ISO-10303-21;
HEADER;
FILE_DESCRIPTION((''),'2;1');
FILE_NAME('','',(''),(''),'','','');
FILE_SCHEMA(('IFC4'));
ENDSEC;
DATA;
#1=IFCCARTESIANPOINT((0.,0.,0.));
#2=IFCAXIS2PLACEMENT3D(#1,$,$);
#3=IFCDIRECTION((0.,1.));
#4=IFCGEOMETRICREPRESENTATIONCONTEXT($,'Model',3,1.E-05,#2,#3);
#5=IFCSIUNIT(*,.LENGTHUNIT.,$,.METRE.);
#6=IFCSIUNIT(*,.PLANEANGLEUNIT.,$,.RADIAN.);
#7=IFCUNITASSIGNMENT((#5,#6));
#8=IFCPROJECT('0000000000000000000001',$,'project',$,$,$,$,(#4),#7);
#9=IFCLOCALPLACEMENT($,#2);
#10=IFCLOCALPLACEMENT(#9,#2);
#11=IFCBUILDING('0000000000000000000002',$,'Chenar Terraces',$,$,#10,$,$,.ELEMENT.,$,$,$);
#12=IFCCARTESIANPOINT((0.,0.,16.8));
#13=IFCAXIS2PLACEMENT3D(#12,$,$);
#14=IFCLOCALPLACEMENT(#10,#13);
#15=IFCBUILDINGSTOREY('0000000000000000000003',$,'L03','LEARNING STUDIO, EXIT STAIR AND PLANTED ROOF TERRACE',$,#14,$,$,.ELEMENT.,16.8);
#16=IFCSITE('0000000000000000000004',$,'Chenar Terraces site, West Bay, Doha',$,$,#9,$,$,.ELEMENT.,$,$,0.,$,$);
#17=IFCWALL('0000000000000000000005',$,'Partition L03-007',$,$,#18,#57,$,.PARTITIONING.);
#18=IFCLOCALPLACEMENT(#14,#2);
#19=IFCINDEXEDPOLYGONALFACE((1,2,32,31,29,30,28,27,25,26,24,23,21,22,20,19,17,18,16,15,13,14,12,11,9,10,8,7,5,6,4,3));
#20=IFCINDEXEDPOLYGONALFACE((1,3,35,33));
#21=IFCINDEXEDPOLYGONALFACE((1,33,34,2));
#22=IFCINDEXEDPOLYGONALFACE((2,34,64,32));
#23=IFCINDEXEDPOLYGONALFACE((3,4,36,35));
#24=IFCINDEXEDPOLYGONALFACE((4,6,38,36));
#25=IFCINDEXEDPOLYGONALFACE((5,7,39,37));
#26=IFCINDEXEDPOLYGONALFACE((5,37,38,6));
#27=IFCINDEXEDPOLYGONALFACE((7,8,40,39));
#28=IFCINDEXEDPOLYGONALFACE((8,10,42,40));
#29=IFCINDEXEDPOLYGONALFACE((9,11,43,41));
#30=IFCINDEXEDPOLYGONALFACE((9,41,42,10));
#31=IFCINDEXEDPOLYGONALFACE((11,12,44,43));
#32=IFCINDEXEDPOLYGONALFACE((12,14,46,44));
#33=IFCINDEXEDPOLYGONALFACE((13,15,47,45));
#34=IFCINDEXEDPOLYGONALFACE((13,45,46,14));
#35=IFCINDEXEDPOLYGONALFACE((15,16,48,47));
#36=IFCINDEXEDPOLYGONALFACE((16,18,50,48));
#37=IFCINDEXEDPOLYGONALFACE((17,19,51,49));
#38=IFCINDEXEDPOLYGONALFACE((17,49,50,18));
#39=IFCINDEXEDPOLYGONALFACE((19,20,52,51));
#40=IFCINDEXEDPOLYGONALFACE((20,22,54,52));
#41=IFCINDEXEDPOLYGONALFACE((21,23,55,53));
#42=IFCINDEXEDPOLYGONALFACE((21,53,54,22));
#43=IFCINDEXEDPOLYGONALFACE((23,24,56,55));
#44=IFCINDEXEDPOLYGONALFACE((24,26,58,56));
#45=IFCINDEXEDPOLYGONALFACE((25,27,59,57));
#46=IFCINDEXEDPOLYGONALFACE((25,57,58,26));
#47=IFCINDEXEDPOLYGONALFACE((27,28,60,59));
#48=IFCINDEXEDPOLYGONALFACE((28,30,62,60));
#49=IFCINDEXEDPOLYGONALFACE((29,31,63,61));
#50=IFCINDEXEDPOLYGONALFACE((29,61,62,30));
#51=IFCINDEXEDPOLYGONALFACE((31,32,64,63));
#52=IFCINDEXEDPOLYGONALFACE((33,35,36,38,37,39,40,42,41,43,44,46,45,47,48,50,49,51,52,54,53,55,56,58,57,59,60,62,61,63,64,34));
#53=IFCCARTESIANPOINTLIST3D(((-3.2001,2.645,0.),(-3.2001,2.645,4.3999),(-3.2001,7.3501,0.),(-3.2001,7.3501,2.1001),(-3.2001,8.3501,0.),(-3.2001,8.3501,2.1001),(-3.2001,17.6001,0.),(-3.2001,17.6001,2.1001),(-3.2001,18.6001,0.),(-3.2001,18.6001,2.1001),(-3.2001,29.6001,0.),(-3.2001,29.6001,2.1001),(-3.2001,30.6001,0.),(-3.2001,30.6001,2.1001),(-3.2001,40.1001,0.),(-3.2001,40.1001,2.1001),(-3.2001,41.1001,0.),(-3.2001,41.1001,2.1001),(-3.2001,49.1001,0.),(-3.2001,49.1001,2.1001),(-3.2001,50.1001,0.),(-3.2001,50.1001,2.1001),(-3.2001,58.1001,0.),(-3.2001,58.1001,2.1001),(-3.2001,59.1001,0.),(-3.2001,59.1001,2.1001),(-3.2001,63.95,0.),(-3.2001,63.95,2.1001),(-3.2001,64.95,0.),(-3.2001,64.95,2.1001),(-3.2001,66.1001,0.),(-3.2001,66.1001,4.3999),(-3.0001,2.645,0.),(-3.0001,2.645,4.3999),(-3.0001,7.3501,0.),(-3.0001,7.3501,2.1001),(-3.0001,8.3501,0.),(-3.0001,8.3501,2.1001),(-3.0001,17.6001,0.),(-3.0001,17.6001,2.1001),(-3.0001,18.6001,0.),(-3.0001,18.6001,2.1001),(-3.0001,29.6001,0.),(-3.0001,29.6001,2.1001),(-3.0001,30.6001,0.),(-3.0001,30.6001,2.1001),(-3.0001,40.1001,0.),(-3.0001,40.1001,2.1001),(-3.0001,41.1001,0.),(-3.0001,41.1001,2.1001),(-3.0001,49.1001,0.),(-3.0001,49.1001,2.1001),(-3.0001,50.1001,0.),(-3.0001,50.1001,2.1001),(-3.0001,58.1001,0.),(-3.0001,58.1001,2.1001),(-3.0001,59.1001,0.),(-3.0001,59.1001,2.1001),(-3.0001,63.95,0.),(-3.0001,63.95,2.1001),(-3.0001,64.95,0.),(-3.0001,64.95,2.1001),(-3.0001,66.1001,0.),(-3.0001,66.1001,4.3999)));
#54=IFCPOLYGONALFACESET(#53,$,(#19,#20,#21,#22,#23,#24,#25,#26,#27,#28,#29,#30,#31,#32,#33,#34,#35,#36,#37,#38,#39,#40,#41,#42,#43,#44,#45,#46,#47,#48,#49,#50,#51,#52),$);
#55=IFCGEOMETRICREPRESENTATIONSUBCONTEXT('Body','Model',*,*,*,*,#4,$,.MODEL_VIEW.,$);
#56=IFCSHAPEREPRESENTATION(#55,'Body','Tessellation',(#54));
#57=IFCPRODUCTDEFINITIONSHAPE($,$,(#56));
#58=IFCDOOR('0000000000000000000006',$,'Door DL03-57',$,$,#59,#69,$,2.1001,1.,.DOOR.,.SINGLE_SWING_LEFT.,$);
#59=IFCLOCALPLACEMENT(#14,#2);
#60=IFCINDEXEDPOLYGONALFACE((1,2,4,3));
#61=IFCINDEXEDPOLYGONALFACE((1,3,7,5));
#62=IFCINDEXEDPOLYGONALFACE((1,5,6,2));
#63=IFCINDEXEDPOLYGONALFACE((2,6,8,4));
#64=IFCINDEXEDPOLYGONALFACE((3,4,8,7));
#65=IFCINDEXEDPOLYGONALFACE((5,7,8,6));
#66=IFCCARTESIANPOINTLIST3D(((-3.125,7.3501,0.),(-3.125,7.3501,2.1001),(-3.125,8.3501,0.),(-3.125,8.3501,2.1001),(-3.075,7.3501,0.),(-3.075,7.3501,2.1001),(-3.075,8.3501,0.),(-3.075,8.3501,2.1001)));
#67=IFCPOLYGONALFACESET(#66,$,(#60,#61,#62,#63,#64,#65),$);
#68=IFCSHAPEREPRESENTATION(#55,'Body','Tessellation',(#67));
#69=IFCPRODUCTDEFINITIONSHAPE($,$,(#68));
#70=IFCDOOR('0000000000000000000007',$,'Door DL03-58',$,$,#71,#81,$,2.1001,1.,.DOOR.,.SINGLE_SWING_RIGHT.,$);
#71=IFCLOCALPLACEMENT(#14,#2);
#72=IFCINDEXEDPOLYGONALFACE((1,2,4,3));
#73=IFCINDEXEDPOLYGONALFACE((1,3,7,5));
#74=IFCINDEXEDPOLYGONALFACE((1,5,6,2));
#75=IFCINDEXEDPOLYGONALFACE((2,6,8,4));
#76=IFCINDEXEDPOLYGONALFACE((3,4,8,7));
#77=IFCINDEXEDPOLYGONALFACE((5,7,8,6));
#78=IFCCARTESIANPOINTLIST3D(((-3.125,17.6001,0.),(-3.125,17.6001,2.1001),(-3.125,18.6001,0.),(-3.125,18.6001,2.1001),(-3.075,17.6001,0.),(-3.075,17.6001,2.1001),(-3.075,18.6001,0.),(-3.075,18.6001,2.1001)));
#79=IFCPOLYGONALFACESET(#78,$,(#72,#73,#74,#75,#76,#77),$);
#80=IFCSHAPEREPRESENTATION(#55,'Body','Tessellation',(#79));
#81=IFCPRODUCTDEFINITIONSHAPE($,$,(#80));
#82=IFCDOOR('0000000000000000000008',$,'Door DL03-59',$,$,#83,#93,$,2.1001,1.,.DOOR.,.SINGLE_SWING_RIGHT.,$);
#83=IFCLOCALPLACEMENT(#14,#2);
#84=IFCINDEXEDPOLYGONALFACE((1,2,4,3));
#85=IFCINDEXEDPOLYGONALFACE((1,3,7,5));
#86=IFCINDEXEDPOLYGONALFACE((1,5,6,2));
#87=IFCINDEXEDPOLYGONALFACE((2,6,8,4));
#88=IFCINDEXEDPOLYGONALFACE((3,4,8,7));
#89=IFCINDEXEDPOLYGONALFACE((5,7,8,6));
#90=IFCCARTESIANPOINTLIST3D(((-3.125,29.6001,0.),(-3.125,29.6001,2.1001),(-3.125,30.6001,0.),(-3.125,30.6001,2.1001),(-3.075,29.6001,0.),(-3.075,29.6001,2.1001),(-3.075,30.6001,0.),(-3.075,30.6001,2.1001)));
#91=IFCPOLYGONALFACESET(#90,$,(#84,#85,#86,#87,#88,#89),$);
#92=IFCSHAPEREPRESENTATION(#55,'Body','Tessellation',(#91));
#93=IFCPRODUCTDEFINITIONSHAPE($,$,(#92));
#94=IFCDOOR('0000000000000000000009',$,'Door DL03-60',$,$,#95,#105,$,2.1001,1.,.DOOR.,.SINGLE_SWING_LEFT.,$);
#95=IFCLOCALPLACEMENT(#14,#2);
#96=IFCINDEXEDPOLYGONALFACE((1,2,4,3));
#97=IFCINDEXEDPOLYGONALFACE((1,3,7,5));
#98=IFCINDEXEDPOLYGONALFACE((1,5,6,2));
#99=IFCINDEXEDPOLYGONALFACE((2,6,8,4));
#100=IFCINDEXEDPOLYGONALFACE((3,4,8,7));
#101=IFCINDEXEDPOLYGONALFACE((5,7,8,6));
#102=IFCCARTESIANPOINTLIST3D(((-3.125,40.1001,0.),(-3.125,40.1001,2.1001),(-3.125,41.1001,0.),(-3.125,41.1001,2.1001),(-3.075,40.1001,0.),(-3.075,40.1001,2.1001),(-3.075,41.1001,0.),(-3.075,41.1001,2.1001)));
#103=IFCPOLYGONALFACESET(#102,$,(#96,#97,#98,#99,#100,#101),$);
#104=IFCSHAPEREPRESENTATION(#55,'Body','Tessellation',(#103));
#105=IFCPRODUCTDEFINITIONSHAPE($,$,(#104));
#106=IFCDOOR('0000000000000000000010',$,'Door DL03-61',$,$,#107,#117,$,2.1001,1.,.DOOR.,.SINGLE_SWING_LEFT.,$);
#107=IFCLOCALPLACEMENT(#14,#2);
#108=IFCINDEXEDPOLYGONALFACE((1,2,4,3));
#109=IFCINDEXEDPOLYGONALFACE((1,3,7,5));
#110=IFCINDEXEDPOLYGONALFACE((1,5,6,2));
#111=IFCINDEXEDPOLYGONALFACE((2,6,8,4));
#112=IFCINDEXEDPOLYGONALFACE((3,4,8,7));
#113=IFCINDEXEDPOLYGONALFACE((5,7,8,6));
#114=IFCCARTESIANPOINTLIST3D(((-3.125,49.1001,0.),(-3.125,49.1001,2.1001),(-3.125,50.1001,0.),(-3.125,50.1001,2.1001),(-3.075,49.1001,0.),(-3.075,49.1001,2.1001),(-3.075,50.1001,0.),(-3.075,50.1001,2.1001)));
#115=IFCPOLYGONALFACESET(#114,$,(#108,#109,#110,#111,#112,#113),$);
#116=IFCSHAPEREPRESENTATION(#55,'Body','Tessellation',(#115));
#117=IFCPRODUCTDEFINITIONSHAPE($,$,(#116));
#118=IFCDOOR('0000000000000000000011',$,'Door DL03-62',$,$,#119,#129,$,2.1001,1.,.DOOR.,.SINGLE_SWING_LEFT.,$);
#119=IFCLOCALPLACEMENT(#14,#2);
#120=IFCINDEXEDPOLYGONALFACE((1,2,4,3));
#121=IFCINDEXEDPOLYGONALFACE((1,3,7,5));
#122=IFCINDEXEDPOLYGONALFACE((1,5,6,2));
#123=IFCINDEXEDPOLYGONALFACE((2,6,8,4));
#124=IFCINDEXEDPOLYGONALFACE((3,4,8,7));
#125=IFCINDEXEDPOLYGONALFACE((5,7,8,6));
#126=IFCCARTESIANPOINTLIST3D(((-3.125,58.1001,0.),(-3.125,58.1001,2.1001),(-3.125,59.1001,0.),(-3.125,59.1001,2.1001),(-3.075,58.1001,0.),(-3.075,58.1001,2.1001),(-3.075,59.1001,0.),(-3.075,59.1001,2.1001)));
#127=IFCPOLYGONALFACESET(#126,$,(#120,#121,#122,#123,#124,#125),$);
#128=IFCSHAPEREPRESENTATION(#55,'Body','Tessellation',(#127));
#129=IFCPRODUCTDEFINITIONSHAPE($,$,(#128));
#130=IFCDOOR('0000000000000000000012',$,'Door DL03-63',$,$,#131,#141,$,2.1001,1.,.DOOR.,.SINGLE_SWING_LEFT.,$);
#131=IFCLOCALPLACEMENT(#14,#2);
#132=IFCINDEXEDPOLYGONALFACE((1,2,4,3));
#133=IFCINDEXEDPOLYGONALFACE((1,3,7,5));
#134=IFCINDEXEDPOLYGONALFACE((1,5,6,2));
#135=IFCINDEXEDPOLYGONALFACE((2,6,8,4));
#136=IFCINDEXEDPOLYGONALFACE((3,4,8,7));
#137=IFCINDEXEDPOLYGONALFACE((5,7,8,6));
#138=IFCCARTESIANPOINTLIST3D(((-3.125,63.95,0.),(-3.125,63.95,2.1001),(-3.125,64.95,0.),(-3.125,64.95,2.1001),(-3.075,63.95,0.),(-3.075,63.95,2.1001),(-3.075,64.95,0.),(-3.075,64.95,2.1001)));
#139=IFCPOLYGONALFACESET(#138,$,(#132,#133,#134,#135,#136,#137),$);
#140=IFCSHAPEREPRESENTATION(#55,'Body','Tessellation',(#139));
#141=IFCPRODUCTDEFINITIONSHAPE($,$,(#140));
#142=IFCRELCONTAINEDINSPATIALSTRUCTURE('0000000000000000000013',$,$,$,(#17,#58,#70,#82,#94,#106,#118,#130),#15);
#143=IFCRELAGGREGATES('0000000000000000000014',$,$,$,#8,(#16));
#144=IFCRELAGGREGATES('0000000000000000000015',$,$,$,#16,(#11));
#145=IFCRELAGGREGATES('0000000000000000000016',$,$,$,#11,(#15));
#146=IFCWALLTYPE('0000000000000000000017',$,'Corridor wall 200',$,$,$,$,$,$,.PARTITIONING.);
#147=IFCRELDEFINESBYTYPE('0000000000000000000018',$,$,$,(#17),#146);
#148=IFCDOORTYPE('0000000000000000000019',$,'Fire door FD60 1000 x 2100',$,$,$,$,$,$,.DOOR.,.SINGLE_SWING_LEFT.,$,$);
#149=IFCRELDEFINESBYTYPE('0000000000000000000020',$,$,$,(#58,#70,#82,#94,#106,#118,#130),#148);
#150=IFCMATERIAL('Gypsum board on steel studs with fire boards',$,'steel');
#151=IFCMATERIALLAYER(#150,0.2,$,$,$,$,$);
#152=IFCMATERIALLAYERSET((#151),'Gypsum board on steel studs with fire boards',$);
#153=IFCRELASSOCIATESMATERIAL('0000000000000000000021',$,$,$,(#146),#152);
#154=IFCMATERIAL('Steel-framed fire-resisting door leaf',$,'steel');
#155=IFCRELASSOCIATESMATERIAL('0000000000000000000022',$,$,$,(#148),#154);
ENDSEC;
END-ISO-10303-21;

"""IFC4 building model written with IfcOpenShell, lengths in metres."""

from ifc_helpers import new_model, si_unit, direction, frame, frame_2d, origin, place, context, subcontext, project, spatial, rectangle, extrude, material, layer, layer_set, type_object, element, fill, save


model = new_model("IFC4")

# Units and contexts
model_context = context("Model", 3, precision=1e-05, world=origin(), true_north=direction((0.0, 1.0)))
body_context = subcontext(model_context, "Body", "Model", "MODEL_VIEW")
ifc_project = project(units=[si_unit("LENGTHUNIT", "METRE"), si_unit("PLANEANGLEUNIT", "RADIAN")], contexts=[model_context])

# Site, building, storey
site_placement = place(None, origin())
site = spatial("IfcSite", under=ifc_project, at=site_placement, Name="Chenar Terraces site, West Bay, Doha", CompositionType="ELEMENT", RefElevation=0.0)
building_placement = place(site_placement, origin())
building = spatial("IfcBuilding", under=site, at=building_placement, Name="Chenar Terraces", CompositionType="ELEMENT")
storey_placement = place(building_placement, frame((0.0, 0.0, 16.8)))
storey = spatial("IfcBuildingStorey", under=building, at=storey_placement, Name="L03", Description="LEARNING STUDIO, EXIT STAIR AND PLANTED ROOF TERRACE", CompositionType="ELEMENT", Elevation=16.8)

# Wall, openings, doors
ifc_material_1 = material(Name="Gypsum board on steel studs with fire boards", Category="steel")
ifc_layer_1 = layer(ifc_material_1, 0.2)
ifc_layer_set_1 = layer_set([ifc_layer_1], Name="Gypsum board on steel studs with fire boards")
wall_type_1 = type_object("IfcWallType", Name="Corridor wall 200", PredefinedType="PARTITIONING", material=ifc_layer_set_1)
wall_1_placement = place(storey_placement, frame((-3.1001, 2.645, 0.0), z_axis=(0.0, 0.0, 1.0), x_axis=(0.0, 1.0, 0.0)))
wall_1 = element("IfcWall", 1, at=wall_1_placement, inside=storey, type_object=wall_type_1, Name="Partition L03-007", PredefinedType="PARTITIONING", context=body_context, shape_type="SweptSolid", body=[
    extrude(rectangle(XDim=63.4551, YDim=0.2, at=frame_2d((31.7275, 0.0))), origin(), (0.0, 0.0, 1.0), 4.3999),
])
opening_1_placement = place(wall_1_placement, frame((4.7051, 0.0, 0.0)))
opening_1 = element("IfcOpeningElement", 2, at=opening_1_placement, cuts=wall_1, PredefinedType="OPENING", context=body_context, shape_type="SweptSolid", body=[
    extrude(rectangle(XDim=1.0, YDim=2.1001, at=frame_2d((0.5, 1.05))), frame((0.0, 0.1099, 0.0), z_axis=(0.0, -1.0, 0.0), x_axis=(1.0, 0.0, 0.0)), (0.0, 0.0, 1.0), 0.22),
])
opening_2_placement = place(wall_1_placement, frame((14.9551, 0.0, 0.0)))
opening_2 = element("IfcOpeningElement", 3, at=opening_2_placement, cuts=wall_1, PredefinedType="OPENING", context=body_context, shape_type="SweptSolid", body=[
    extrude(rectangle(XDim=1.0, YDim=2.1001, at=frame_2d((0.5, 1.05))), frame((0.0, 0.1099, 0.0), z_axis=(0.0, -1.0, 0.0), x_axis=(1.0, 0.0, 0.0)), (0.0, 0.0, 1.0), 0.22),
])
opening_3_placement = place(wall_1_placement, frame((26.9551, 0.0, 0.0)))
opening_3 = element("IfcOpeningElement", 4, at=opening_3_placement, cuts=wall_1, PredefinedType="OPENING", context=body_context, shape_type="SweptSolid", body=[
    extrude(rectangle(XDim=1.0, YDim=2.1001, at=frame_2d((0.5, 1.05))), frame((0.0, 0.1099, 0.0), z_axis=(0.0, -1.0, 0.0), x_axis=(1.0, 0.0, 0.0)), (0.0, 0.0, 1.0), 0.22),
])
opening_4_placement = place(wall_1_placement, frame((37.4551, 0.0, 0.0)))
opening_4 = element("IfcOpeningElement", 5, at=opening_4_placement, cuts=wall_1, PredefinedType="OPENING", context=body_context, shape_type="SweptSolid", body=[
    extrude(rectangle(XDim=1.0, YDim=2.1001, at=frame_2d((0.5, 1.05))), frame((0.0, 0.1099, 0.0), z_axis=(0.0, -1.0, 0.0), x_axis=(1.0, 0.0, 0.0)), (0.0, 0.0, 1.0), 0.22),
])
opening_5_placement = place(wall_1_placement, frame((46.4551, 0.0, 0.0)))
opening_5 = element("IfcOpeningElement", 6, at=opening_5_placement, cuts=wall_1, PredefinedType="OPENING", context=body_context, shape_type="SweptSolid", body=[
    extrude(rectangle(XDim=1.0, YDim=2.1001, at=frame_2d((0.5, 1.05))), frame((0.0, 0.1099, 0.0), z_axis=(0.0, -1.0, 0.0), x_axis=(1.0, 0.0, 0.0)), (0.0, 0.0, 1.0), 0.22),
])
opening_6_placement = place(wall_1_placement, frame((55.4551, 0.0, 0.0)))
opening_6 = element("IfcOpeningElement", 7, at=opening_6_placement, cuts=wall_1, PredefinedType="OPENING", context=body_context, shape_type="SweptSolid", body=[
    extrude(rectangle(XDim=1.0, YDim=2.1001, at=frame_2d((0.5, 1.05))), frame((0.0, 0.1099, 0.0), z_axis=(0.0, -1.0, 0.0), x_axis=(1.0, 0.0, 0.0)), (0.0, 0.0, 1.0), 0.22),
])
opening_7_placement = place(wall_1_placement, frame((61.3049, 0.0, 0.0)))
opening_7 = element("IfcOpeningElement", 8, at=opening_7_placement, cuts=wall_1, PredefinedType="OPENING", context=body_context, shape_type="SweptSolid", body=[
    extrude(rectangle(XDim=1.0, YDim=2.1001, at=frame_2d((0.5, 1.05))), frame((0.0, 0.1099, 0.0), z_axis=(0.0, -1.0, 0.0), x_axis=(1.0, 0.0, 0.0)), (0.0, 0.0, 1.0), 0.22),
])
ifc_material_2 = material(Name="Steel-framed fire-resisting door leaf", Category="steel")
door_type_1 = type_object("IfcDoorType", Name="Fire door FD60 1000 x 2100", OperationType="SINGLE_SWING_LEFT", PredefinedType="DOOR", material=ifc_material_2)
door_1_placement = place(opening_1_placement, origin())
door_1 = element("IfcDoor", 9, at=door_1_placement, inside=storey, type_object=door_type_1, Name="Door DL03-57", OperationType="SINGLE_SWING_LEFT", OverallHeight=2.1001, OverallWidth=1.0, PredefinedType="DOOR", context=body_context, shape_type="SweptSolid", body=[
    extrude(rectangle(XDim=1.0, YDim=2.1001, at=frame_2d((0.5, 1.05))), frame((0.0, 0.0249, 0.0), z_axis=(0.0, -1.0, 0.0), x_axis=(1.0, 0.0, 0.0)), (0.0, 0.0, 1.0), 0.05),
])
fill(opening_1, door_1)
door_2_placement = place(opening_2_placement, origin())
door_2 = element("IfcDoor", 10, at=door_2_placement, inside=storey, type_object=door_type_1, Name="Door DL03-58", OperationType="SINGLE_SWING_RIGHT", OverallHeight=2.1001, OverallWidth=1.0, PredefinedType="DOOR", context=body_context, shape_type="SweptSolid", body=[
    extrude(rectangle(XDim=1.0, YDim=2.1001, at=frame_2d((0.5, 1.05))), frame((0.0, 0.0249, 0.0), z_axis=(0.0, -1.0, 0.0), x_axis=(1.0, 0.0, 0.0)), (0.0, 0.0, 1.0), 0.05),
])
fill(opening_2, door_2)
door_3_placement = place(opening_3_placement, origin())
door_3 = element("IfcDoor", 11, at=door_3_placement, inside=storey, type_object=door_type_1, Name="Door DL03-59", OperationType="SINGLE_SWING_RIGHT", OverallHeight=2.1001, OverallWidth=1.0, PredefinedType="DOOR", context=body_context, shape_type="SweptSolid", body=[
    extrude(rectangle(XDim=1.0, YDim=2.1001, at=frame_2d((0.5, 1.05))), frame((0.0, 0.0249, 0.0), z_axis=(0.0, -1.0, 0.0), x_axis=(1.0, 0.0, 0.0)), (0.0, 0.0, 1.0), 0.05),
])
fill(opening_3, door_3)
door_4_placement = place(opening_4_placement, origin())
door_4 = element("IfcDoor", 12, at=door_4_placement, inside=storey, type_object=door_type_1, Name="Door DL03-60", OperationType="SINGLE_SWING_LEFT", OverallHeight=2.1001, OverallWidth=1.0, PredefinedType="DOOR", context=body_context, shape_type="SweptSolid", body=[
    extrude(rectangle(XDim=1.0, YDim=2.1001, at=frame_2d((0.5, 1.05))), frame((0.0, 0.0249, 0.0), z_axis=(0.0, -1.0, 0.0), x_axis=(1.0, 0.0, 0.0)), (0.0, 0.0, 1.0), 0.05),
])
fill(opening_4, door_4)
door_5_placement = place(opening_5_placement, origin())
door_5 = element("IfcDoor", 13, at=door_5_placement, inside=storey, type_object=door_type_1, Name="Door DL03-61", OperationType="SINGLE_SWING_LEFT", OverallHeight=2.1001, OverallWidth=1.0, PredefinedType="DOOR", context=body_context, shape_type="SweptSolid", body=[
    extrude(rectangle(XDim=1.0, YDim=2.1001, at=frame_2d((0.5, 1.05))), frame((0.0, 0.0249, 0.0), z_axis=(0.0, -1.0, 0.0), x_axis=(1.0, 0.0, 0.0)), (0.0, 0.0, 1.0), 0.05),
])
fill(opening_5, door_5)
door_6_placement = place(opening_6_placement, origin())
door_6 = element("IfcDoor", 14, at=door_6_placement, inside=storey, type_object=door_type_1, Name="Door DL03-62", OperationType="SINGLE_SWING_LEFT", OverallHeight=2.1001, OverallWidth=1.0, PredefinedType="DOOR", context=body_context, shape_type="SweptSolid", body=[
    extrude(rectangle(XDim=1.0, YDim=2.1001, at=frame_2d((0.5, 1.05))), frame((0.0, 0.0249, 0.0), z_axis=(0.0, -1.0, 0.0), x_axis=(1.0, 0.0, 0.0)), (0.0, 0.0, 1.0), 0.05),
])
fill(opening_6, door_6)
door_7_placement = place(opening_7_placement, origin())
door_7 = element("IfcDoor", 15, at=door_7_placement, inside=storey, type_object=door_type_1, Name="Door DL03-63", OperationType="SINGLE_SWING_LEFT", OverallHeight=2.1001, OverallWidth=1.0, PredefinedType="DOOR", context=body_context, shape_type="SweptSolid", body=[
    extrude(rectangle(XDim=1.0, YDim=2.1001, at=frame_2d((0.5, 1.05))), frame((0.0, 0.0249, 0.0), z_axis=(0.0, -1.0, 0.0), x_axis=(1.0, 0.0, 0.0)), (0.0, 0.0, 1.0), 0.05),
])
fill(opening_7, door_7)

save(model, "model.ifc")
